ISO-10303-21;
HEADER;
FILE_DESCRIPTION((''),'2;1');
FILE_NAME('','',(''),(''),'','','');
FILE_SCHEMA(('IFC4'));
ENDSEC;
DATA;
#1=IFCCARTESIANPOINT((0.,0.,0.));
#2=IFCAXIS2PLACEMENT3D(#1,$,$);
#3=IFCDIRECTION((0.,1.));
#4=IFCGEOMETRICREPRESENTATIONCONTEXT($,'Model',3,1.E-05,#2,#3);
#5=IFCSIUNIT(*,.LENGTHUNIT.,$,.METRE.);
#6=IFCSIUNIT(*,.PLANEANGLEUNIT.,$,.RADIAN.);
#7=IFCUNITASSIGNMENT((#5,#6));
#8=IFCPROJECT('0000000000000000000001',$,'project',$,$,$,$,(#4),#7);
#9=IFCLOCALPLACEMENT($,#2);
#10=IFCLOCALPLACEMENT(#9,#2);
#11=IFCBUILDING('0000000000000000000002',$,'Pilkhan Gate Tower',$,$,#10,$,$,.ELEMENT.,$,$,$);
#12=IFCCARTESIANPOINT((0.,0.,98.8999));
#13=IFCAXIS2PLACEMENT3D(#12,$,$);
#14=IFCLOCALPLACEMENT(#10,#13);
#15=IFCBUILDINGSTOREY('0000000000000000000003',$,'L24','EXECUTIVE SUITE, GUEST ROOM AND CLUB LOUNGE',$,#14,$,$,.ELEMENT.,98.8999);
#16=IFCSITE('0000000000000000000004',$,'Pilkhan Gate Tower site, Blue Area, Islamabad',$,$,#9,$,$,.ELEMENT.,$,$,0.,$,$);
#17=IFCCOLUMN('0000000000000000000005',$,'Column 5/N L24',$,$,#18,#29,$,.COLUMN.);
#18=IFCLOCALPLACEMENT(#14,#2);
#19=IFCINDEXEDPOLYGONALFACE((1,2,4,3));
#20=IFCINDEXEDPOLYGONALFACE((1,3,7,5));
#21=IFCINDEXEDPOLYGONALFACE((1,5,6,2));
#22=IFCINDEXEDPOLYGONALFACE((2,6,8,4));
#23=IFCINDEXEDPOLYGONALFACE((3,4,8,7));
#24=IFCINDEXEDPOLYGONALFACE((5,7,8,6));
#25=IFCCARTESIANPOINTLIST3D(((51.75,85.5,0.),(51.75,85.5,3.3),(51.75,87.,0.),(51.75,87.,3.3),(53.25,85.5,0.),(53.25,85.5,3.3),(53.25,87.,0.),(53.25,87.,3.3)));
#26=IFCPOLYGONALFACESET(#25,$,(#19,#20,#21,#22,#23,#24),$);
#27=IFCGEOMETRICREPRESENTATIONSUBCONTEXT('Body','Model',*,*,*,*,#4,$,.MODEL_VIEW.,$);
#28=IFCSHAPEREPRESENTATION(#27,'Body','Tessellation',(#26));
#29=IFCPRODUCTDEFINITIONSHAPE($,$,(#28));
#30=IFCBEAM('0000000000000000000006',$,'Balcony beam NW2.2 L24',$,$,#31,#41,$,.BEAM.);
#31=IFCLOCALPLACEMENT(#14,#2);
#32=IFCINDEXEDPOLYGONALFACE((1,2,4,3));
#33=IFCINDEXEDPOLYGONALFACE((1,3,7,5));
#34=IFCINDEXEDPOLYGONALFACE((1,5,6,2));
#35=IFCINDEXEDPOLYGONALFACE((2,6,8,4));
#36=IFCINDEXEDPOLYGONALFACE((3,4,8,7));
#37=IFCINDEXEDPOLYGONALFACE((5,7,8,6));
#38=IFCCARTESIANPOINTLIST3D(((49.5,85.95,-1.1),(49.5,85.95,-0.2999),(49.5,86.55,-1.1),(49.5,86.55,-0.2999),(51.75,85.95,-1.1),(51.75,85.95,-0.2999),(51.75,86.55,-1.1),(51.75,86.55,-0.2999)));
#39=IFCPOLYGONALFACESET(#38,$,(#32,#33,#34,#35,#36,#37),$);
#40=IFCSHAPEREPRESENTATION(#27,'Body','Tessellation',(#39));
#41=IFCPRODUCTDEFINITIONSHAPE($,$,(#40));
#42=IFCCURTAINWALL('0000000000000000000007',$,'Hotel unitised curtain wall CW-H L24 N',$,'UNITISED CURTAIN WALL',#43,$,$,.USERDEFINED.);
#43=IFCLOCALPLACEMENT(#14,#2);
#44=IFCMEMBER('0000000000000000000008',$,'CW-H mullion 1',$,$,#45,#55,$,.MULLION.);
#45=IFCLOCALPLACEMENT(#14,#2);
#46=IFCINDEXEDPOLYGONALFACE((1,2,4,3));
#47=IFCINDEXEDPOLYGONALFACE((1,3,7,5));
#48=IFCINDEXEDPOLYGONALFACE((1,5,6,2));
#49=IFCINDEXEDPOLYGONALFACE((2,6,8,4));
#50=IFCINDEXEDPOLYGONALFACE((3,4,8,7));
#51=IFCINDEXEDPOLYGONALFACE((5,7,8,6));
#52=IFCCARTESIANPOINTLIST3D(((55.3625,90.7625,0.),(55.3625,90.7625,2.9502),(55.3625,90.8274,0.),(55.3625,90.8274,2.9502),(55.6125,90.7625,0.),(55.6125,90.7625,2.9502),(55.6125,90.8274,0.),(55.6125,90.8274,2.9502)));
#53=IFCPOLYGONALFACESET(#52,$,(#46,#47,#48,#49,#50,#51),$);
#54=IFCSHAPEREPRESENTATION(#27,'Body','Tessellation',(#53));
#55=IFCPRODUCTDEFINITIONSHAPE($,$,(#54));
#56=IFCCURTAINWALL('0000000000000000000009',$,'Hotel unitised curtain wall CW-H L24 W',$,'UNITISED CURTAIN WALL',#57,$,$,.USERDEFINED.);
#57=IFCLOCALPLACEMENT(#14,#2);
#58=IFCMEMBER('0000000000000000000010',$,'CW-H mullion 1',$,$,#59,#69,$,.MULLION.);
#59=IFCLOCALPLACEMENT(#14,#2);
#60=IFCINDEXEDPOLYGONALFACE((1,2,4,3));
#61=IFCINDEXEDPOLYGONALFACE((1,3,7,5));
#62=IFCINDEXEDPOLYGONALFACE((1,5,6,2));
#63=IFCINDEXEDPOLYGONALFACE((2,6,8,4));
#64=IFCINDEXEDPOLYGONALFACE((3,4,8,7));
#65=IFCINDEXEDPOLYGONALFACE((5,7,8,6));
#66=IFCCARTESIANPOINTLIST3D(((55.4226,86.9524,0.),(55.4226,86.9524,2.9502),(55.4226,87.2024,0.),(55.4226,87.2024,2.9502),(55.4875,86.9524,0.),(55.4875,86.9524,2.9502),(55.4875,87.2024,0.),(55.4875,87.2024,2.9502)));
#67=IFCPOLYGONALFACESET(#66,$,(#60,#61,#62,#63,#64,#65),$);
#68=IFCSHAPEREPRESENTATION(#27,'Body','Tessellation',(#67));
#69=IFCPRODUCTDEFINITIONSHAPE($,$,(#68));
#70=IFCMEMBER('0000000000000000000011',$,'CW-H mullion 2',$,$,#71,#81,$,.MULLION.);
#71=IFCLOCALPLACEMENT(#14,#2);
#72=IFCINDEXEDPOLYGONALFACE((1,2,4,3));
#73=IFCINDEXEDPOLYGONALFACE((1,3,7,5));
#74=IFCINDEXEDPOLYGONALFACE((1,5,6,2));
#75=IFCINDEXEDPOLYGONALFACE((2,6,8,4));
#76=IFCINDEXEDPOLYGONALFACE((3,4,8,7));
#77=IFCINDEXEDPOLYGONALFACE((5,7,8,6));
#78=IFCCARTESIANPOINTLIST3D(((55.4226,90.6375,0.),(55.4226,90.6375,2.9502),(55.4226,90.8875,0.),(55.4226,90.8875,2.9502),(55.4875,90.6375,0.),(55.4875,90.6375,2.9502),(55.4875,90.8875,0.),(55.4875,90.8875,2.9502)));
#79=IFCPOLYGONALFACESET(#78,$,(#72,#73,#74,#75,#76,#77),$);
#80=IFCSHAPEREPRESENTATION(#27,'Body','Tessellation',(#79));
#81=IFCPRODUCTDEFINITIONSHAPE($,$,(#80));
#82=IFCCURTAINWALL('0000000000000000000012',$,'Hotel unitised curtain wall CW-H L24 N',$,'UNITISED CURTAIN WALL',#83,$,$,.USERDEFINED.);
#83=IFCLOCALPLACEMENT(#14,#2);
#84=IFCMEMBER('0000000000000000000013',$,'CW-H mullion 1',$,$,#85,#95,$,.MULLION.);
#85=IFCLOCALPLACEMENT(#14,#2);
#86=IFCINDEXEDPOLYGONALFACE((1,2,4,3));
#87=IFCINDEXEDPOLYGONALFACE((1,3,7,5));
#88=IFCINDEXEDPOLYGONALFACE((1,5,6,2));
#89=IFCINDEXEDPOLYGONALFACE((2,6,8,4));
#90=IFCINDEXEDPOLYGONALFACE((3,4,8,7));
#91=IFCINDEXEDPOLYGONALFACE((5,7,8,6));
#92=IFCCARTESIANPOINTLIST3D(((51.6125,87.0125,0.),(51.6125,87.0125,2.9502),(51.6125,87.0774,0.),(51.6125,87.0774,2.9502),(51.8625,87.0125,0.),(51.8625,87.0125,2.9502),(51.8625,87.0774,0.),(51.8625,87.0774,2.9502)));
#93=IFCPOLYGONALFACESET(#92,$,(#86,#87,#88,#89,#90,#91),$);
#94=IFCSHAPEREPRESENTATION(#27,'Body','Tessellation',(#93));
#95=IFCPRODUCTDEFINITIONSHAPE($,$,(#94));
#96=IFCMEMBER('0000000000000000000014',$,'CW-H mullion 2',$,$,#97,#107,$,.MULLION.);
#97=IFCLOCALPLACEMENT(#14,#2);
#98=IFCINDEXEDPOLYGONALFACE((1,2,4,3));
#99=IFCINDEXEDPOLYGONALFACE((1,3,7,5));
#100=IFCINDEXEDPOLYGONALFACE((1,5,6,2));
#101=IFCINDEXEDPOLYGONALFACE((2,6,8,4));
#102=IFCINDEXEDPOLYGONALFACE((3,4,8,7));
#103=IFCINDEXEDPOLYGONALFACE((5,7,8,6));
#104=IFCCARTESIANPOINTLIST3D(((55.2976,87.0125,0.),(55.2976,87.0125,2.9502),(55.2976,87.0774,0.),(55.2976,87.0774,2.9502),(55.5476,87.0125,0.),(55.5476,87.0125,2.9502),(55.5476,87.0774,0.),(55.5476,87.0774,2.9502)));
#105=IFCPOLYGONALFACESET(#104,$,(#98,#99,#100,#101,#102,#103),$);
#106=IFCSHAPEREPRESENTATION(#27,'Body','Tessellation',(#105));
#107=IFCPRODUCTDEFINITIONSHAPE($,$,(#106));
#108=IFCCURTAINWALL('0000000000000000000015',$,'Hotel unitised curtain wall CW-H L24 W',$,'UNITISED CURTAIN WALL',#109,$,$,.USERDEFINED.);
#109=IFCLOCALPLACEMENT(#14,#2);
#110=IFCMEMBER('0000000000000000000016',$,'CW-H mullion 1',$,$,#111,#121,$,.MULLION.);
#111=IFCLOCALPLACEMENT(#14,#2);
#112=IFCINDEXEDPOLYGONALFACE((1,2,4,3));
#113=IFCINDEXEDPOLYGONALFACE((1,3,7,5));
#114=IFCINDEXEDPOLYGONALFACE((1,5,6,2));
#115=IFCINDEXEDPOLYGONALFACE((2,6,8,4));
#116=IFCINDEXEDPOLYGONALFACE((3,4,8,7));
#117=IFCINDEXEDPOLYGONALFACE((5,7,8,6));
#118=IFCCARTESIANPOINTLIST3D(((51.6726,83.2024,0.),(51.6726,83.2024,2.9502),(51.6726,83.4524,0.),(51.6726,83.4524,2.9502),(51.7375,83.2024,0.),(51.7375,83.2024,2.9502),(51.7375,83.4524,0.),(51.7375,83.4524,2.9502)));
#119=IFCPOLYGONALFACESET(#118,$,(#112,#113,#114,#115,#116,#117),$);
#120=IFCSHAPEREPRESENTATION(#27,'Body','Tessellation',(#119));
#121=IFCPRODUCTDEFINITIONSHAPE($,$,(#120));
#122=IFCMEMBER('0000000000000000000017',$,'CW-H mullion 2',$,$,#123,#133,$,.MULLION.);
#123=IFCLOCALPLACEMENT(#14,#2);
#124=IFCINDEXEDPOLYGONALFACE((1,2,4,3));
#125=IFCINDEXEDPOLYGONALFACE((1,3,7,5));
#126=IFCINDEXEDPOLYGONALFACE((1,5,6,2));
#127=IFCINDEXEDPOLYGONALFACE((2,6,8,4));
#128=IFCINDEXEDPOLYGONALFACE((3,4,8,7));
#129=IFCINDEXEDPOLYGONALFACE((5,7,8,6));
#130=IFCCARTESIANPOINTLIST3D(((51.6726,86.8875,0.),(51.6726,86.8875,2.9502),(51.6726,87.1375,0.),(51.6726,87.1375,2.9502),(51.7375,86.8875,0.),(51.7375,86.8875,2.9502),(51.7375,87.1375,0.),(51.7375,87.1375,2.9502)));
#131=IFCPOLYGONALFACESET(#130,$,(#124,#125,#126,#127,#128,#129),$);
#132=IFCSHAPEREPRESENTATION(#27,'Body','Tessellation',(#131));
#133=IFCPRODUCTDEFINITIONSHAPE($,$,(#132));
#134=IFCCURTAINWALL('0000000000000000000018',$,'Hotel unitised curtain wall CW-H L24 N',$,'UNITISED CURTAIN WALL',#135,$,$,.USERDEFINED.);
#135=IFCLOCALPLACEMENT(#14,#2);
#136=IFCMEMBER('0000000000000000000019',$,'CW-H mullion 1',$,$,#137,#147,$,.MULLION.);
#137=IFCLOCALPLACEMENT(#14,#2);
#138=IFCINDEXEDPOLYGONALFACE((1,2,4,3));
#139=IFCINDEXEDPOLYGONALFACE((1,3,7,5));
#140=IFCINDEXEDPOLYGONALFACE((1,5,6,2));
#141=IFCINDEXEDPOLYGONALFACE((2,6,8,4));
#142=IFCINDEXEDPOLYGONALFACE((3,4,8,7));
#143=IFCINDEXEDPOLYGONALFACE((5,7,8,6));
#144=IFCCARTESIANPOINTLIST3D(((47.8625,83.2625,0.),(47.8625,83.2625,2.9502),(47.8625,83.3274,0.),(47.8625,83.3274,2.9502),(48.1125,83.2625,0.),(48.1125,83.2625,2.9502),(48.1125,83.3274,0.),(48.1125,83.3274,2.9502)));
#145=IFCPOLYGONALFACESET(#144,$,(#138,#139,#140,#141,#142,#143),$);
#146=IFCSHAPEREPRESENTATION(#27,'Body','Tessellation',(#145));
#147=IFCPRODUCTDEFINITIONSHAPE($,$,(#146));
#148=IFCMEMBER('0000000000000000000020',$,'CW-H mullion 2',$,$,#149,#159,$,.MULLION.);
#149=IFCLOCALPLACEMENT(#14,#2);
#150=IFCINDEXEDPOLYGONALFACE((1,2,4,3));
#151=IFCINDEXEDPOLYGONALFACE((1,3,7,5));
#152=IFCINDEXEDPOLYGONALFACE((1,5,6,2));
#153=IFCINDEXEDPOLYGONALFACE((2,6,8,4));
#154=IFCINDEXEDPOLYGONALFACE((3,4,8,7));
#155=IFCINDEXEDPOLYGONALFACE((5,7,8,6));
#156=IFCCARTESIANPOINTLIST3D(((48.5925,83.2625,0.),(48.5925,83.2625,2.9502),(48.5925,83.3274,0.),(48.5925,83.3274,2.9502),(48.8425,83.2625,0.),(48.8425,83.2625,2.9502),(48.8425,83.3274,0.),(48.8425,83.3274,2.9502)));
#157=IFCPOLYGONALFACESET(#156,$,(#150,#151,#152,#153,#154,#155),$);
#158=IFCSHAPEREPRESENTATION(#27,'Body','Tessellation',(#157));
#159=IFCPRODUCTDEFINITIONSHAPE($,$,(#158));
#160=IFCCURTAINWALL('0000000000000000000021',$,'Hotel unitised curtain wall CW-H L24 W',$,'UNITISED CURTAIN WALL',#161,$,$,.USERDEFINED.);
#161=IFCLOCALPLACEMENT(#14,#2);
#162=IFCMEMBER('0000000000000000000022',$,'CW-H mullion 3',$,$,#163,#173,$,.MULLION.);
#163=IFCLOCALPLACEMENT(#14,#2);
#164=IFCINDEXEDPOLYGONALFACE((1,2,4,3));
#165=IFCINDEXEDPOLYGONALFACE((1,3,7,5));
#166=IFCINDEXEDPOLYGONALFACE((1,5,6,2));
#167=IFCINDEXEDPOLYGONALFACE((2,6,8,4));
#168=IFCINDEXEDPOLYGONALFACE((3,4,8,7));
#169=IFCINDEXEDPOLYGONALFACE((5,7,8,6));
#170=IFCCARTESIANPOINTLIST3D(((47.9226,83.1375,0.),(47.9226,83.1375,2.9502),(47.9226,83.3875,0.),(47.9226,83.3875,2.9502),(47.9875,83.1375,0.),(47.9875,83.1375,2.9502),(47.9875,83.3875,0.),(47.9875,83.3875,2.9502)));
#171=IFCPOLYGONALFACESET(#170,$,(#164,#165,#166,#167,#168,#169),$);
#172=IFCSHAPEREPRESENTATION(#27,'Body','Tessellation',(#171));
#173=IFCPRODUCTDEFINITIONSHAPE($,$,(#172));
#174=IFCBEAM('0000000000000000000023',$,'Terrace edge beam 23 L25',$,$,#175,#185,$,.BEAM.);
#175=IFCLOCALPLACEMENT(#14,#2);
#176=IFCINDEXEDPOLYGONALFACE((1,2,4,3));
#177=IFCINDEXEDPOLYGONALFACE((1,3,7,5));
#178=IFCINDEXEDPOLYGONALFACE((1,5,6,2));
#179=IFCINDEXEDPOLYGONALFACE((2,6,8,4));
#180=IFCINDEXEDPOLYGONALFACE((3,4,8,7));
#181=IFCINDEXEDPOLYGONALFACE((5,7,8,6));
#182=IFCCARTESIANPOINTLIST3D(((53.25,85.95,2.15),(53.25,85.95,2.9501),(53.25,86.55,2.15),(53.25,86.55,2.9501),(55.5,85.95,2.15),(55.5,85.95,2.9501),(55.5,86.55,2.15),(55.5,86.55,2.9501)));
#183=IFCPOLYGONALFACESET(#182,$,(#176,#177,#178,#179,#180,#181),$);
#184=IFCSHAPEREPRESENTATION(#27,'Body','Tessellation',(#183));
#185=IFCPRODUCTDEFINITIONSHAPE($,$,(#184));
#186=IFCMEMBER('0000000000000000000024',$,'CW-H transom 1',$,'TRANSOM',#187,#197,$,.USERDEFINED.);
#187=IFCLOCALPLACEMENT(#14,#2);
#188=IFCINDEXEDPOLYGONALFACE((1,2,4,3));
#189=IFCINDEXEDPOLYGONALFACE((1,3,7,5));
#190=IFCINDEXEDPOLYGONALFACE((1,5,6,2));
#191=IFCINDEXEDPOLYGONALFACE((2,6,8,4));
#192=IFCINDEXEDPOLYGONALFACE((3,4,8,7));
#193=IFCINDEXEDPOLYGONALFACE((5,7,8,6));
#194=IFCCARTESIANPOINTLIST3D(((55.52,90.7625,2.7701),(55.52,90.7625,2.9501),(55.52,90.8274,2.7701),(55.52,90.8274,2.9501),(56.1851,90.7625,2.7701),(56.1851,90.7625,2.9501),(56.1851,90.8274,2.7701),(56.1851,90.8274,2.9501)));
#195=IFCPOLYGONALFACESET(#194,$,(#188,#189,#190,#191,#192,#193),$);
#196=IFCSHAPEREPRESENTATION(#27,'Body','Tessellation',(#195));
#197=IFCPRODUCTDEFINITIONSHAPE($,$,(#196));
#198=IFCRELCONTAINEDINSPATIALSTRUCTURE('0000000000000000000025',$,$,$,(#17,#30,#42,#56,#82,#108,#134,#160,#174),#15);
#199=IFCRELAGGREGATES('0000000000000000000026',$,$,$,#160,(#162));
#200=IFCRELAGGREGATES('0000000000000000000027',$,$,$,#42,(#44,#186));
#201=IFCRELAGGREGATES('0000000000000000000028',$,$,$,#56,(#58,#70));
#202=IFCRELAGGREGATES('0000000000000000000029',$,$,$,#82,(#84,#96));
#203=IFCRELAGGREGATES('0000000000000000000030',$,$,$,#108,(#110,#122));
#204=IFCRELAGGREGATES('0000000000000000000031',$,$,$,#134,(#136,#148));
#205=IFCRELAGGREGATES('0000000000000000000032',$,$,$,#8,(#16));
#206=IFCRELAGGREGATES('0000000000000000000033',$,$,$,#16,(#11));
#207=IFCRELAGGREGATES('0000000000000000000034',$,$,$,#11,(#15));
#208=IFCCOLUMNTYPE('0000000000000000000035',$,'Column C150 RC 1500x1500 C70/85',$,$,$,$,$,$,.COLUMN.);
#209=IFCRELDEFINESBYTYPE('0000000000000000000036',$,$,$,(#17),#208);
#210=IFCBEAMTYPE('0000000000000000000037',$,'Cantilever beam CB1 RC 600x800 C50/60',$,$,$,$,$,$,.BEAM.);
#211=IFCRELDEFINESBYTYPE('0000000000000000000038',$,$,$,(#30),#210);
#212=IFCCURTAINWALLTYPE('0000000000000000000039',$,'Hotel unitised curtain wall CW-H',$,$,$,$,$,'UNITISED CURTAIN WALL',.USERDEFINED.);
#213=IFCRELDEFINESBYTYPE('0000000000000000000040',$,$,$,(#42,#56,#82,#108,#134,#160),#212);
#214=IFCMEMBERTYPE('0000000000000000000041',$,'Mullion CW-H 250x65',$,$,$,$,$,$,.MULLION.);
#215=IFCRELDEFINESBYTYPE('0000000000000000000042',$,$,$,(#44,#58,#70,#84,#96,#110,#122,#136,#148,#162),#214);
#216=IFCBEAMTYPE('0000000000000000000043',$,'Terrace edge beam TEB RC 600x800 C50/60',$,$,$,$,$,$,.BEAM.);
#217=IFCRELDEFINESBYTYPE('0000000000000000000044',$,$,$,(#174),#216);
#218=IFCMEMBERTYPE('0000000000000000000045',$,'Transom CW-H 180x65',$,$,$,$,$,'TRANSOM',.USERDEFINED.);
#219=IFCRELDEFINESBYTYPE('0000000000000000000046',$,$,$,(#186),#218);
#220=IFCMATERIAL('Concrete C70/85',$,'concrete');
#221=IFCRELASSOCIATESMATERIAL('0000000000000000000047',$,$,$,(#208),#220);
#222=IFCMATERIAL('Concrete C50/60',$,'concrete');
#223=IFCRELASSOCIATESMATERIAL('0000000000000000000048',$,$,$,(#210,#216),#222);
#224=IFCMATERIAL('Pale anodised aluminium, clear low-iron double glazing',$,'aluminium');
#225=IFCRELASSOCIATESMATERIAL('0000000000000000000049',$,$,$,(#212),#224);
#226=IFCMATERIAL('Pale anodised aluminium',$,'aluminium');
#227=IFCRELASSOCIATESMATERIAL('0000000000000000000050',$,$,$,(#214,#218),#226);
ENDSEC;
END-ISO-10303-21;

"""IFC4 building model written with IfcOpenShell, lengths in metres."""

from ifc_helpers import new_model, si_unit, direction, frame, origin, origin_2d, place, context, subcontext, project, spatial, rectangle, extrude, material, material_profile, profile_set, type_object, element, aggregate, save


model = new_model("IFC4")

# Units and contexts
model_context = context("Model", 3, precision=1e-05, world=origin(), true_north=direction((0.0, 1.0)))
body_context = subcontext(model_context, "Body", "Model", "MODEL_VIEW")
ifc_project = project(units=[si_unit("LENGTHUNIT", "METRE"), si_unit("PLANEANGLEUNIT", "RADIAN")], contexts=[model_context])

# Site, building, storey
site_placement = place(None, origin())
site = spatial("IfcSite", under=ifc_project, at=site_placement, Name="Pilkhan Gate Tower site, Blue Area, Islamabad", CompositionType="ELEMENT", RefElevation=0.0)
building_placement = place(site_placement, origin())
building = spatial("IfcBuilding", under=site, at=building_placement, Name="Pilkhan Gate Tower", CompositionType="ELEMENT")
storey_placement = place(building_placement, frame((0.0, 0.0, 98.8999)))
storey = spatial("IfcBuildingStorey", under=building, at=storey_placement, Name="L24", Description="EXECUTIVE SUITE, GUEST ROOM AND CLUB LOUNGE", CompositionType="ELEMENT", Elevation=98.8999)

# Column
ifc_material_1 = material(Name="Concrete C70/85", Category="concrete")
ifc_material_profile_1 = material_profile(ifc_material_1, rectangle(XDim=1.5, YDim=1.5, at=origin_2d()), Name="RC 1500x1500")
ifc_profile_set_1 = profile_set([ifc_material_profile_1], Name="Concrete C70/85")
column_type = type_object("IfcColumnType", Name="Column C150 RC 1500x1500 C70/85", PredefinedType="COLUMN", material=ifc_profile_set_1)
column_placement = place(storey_placement, frame((52.5, 86.25, 0.0), z_axis=(0.0, 0.0, 1.0), x_axis=(1.0, 0.0, 0.0)))
element("IfcColumn", 1, at=column_placement, inside=storey, type_object=column_type, Name="Column 5/N L24", PredefinedType="COLUMN", context=body_context, shape_type="SweptSolid", body=[
    extrude(rectangle(XDim=1.5, YDim=1.5, at=origin_2d()), origin(), (0.0, 0.0, 1.0), 3.3),
])

# Beam
ifc_material_2 = material(Name="Concrete C50/60", Category="concrete")
ifc_material_profile_2 = material_profile(ifc_material_2, rectangle(XDim=0.6001, YDim=0.8, at=origin_2d()), Name="RC 600x800")
ifc_profile_set_2 = profile_set([ifc_material_profile_2], Name="Concrete C50/60")
beam_type_1 = type_object("IfcBeamType", Name="Cantilever beam CB1 RC 600x800 C50/60", PredefinedType="BEAM", material=ifc_profile_set_2)
beam_1_placement = place(storey_placement, frame((51.75, 86.25, -0.7), z_axis=(-1.0, 0.0, 0.0), x_axis=(0.0, -1.0, 0.0)))
element("IfcBeam", 2, at=beam_1_placement, inside=storey, type_object=beam_type_1, Name="Balcony beam NW2.2 L24", PredefinedType="BEAM", context=body_context, shape_type="SweptSolid", body=[
    extrude(rectangle(XDim=0.6001, YDim=0.8, at=origin_2d()), origin(), (0.0, 0.0, 1.0), 2.25),
])

# Curtain wall, member
ifc_material_3 = material(Name="Pale anodised aluminium, clear low-iron double glazing", Category="aluminium")
curtain_wall_type = type_object("IfcCurtainWallType", Name="Hotel unitised curtain wall CW-H", ElementType="UNITISED CURTAIN WALL", PredefinedType="USERDEFINED", material=ifc_material_3)
curtain_wall_1_placement = place(storey_placement, origin())
curtain_wall_1 = element("IfcCurtainWall", 3, at=curtain_wall_1_placement, inside=storey, type_object=curtain_wall_type, Name="Hotel unitised curtain wall CW-H L24 N", ObjectType="UNITISED CURTAIN WALL", PredefinedType="USERDEFINED")
ifc_material_4 = material(Name="Pale anodised aluminium", Category="aluminium")
ifc_material_profile_3 = material_profile(ifc_material_4, rectangle(XDim=0.0649, YDim=0.25, at=origin_2d()), Name="Mullion 250x65")
ifc_profile_set_3 = profile_set([ifc_material_profile_3], Name="Pale anodised aluminium")
member_type_1 = type_object("IfcMemberType", Name="Mullion CW-H 250x65", PredefinedType="MULLION", material=ifc_profile_set_3)
member_1_placement = place(storey_placement, frame((55.4875, 90.7949, 0.0), z_axis=(0.0, 0.0, 1.0), x_axis=(0.0, 1.0, 0.0)))
member_1 = element("IfcMember", 4, at=member_1_placement, type_object=member_type_1, Name="CW-H mullion 1", PredefinedType="MULLION", context=body_context, shape_type="SweptSolid", body=[
    extrude(rectangle(XDim=0.0649, YDim=0.25, at=origin_2d()), origin(), (0.0, 0.0, 1.0), 2.9502),
])

# Curtain walls, members
curtain_wall_2_placement = place(storey_placement, origin())
curtain_wall_2 = element("IfcCurtainWall", 5, at=curtain_wall_2_placement, inside=storey, type_object=curtain_wall_type, Name="Hotel unitised curtain wall CW-H L24 W", ObjectType="UNITISED CURTAIN WALL", PredefinedType="USERDEFINED")
member_2_placement = place(storey_placement, frame((55.4551, 87.0774, 0.0), z_axis=(0.0, 0.0, 1.0), x_axis=(-1.0, 0.0, 0.0)))
member_2 = element("IfcMember", 6, at=member_2_placement, type_object=member_type_1, Name="CW-H mullion 1", PredefinedType="MULLION", context=body_context, shape_type="SweptSolid", body=[
    extrude(rectangle(XDim=0.0649, YDim=0.25, at=origin_2d()), origin(), (0.0, 0.0, 1.0), 2.9502),
])
member_3_placement = place(storey_placement, frame((55.4551, 90.7625, 0.0), z_axis=(0.0, 0.0, 1.0), x_axis=(-1.0, 0.0, 0.0)))
member_3 = element("IfcMember", 7, at=member_3_placement, type_object=member_type_1, Name="CW-H mullion 2", PredefinedType="MULLION", context=body_context, shape_type="SweptSolid", body=[
    extrude(rectangle(XDim=0.0649, YDim=0.25, at=origin_2d()), origin(), (0.0, 0.0, 1.0), 2.9502),
])
curtain_wall_3_placement = place(storey_placement, origin())
curtain_wall_3 = element("IfcCurtainWall", 8, at=curtain_wall_3_placement, inside=storey, type_object=curtain_wall_type, Name="Hotel unitised curtain wall CW-H L24 N", ObjectType="UNITISED CURTAIN WALL", PredefinedType="USERDEFINED")
member_4_placement = place(storey_placement, frame((51.7375, 87.0449, 0.0), z_axis=(0.0, 0.0, 1.0), x_axis=(0.0, 1.0, 0.0)))
member_4 = element("IfcMember", 9, at=member_4_placement, type_object=member_type_1, Name="CW-H mullion 1", PredefinedType="MULLION", context=body_context, shape_type="SweptSolid", body=[
    extrude(rectangle(XDim=0.0649, YDim=0.25, at=origin_2d()), origin(), (0.0, 0.0, 1.0), 2.9502),
])
member_5_placement = place(storey_placement, frame((55.4226, 87.0449, 0.0), z_axis=(0.0, 0.0, 1.0), x_axis=(0.0, 1.0, 0.0)))
member_5 = element("IfcMember", 10, at=member_5_placement, type_object=member_type_1, Name="CW-H mullion 2", PredefinedType="MULLION", context=body_context, shape_type="SweptSolid", body=[
    extrude(rectangle(XDim=0.0649, YDim=0.25, at=origin_2d()), origin(), (0.0, 0.0, 1.0), 2.9502),
])
curtain_wall_4_placement = place(storey_placement, origin())
curtain_wall_4 = element("IfcCurtainWall", 11, at=curtain_wall_4_placement, inside=storey, type_object=curtain_wall_type, Name="Hotel unitised curtain wall CW-H L24 W", ObjectType="UNITISED CURTAIN WALL", PredefinedType="USERDEFINED")
member_6_placement = place(storey_placement, frame((51.7051, 83.3274, 0.0), z_axis=(0.0, 0.0, 1.0), x_axis=(-1.0, 0.0, 0.0)))
member_6 = element("IfcMember", 12, at=member_6_placement, type_object=member_type_1, Name="CW-H mullion 1", PredefinedType="MULLION", context=body_context, shape_type="SweptSolid", body=[
    extrude(rectangle(XDim=0.0649, YDim=0.25, at=origin_2d()), origin(), (0.0, 0.0, 1.0), 2.9502),
])
member_7_placement = place(storey_placement, frame((51.7051, 87.0125, 0.0), z_axis=(0.0, 0.0, 1.0), x_axis=(-1.0, 0.0, 0.0)))
member_7 = element("IfcMember", 13, at=member_7_placement, type_object=member_type_1, Name="CW-H mullion 2", PredefinedType="MULLION", context=body_context, shape_type="SweptSolid", body=[
    extrude(rectangle(XDim=0.0649, YDim=0.25, at=origin_2d()), origin(), (0.0, 0.0, 1.0), 2.9502),
])
curtain_wall_5_placement = place(storey_placement, origin())
curtain_wall_5 = element("IfcCurtainWall", 14, at=curtain_wall_5_placement, inside=storey, type_object=curtain_wall_type, Name="Hotel unitised curtain wall CW-H L24 N", ObjectType="UNITISED CURTAIN WALL", PredefinedType="USERDEFINED")
member_8_placement = place(storey_placement, frame((47.9875, 83.2949, 0.0), z_axis=(0.0, 0.0, 1.0), x_axis=(0.0, 1.0, 0.0)))
member_8 = element("IfcMember", 15, at=member_8_placement, type_object=member_type_1, Name="CW-H mullion 1", PredefinedType="MULLION", context=body_context, shape_type="SweptSolid", body=[
    extrude(rectangle(XDim=0.0649, YDim=0.25, at=origin_2d()), origin(), (0.0, 0.0, 1.0), 2.9502),
])
member_9_placement = place(storey_placement, frame((48.7175, 83.2949, 0.0), z_axis=(0.0, 0.0, 1.0), x_axis=(0.0, 1.0, 0.0)))
member_9 = element("IfcMember", 16, at=member_9_placement, type_object=member_type_1, Name="CW-H mullion 2", PredefinedType="MULLION", context=body_context, shape_type="SweptSolid", body=[
    extrude(rectangle(XDim=0.0649, YDim=0.25, at=origin_2d()), origin(), (0.0, 0.0, 1.0), 2.9502),
])

# Curtain wall, member
curtain_wall_6_placement = place(storey_placement, origin())
curtain_wall_6 = element("IfcCurtainWall", 17, at=curtain_wall_6_placement, inside=storey, type_object=curtain_wall_type, Name="Hotel unitised curtain wall CW-H L24 W", ObjectType="UNITISED CURTAIN WALL", PredefinedType="USERDEFINED")
member_10_placement = place(storey_placement, frame((47.9551, 83.2625, 0.0), z_axis=(0.0, 0.0, 1.0), x_axis=(-1.0, 0.0, 0.0)))
member_10 = element("IfcMember", 18, at=member_10_placement, type_object=member_type_1, Name="CW-H mullion 3", PredefinedType="MULLION", context=body_context, shape_type="SweptSolid", body=[
    extrude(rectangle(XDim=0.0649, YDim=0.25, at=origin_2d()), origin(), (0.0, 0.0, 1.0), 2.9502),
])
aggregate(curtain_wall_6, [member_10])

# Beam
ifc_material_profile_4 = material_profile(ifc_material_2, rectangle(XDim=0.6001, YDim=0.8, at=origin_2d()), Name="RC 600x800")
ifc_profile_set_4 = profile_set([ifc_material_profile_4], Name="Concrete C50/60")
beam_type_2 = type_object("IfcBeamType", Name="Terrace edge beam TEB RC 600x800 C50/60", PredefinedType="BEAM", material=ifc_profile_set_4)
beam_2_placement = place(storey_placement, frame((53.25, 86.25, 2.55), z_axis=(1.0, 0.0, 0.0), x_axis=(0.0, 1.0, 0.0)))
element("IfcBeam", 19, at=beam_2_placement, inside=storey, type_object=beam_type_2, Name="Terrace edge beam 23 L25", PredefinedType="BEAM", context=body_context, shape_type="SweptSolid", body=[
    extrude(rectangle(XDim=0.6001, YDim=0.8, at=origin_2d()), origin(), (0.0, 0.0, 1.0), 2.25),
])

# Member
ifc_material_profile_5 = material_profile(ifc_material_4, rectangle(XDim=0.0649, YDim=0.1799, at=origin_2d()), Name="Transom 180x65")
ifc_profile_set_5 = profile_set([ifc_material_profile_5], Name="Pale anodised aluminium")
member_type_2 = type_object("IfcMemberType", Name="Transom CW-H 180x65", ElementType="TRANSOM", PredefinedType="USERDEFINED", material=ifc_profile_set_5)
member_11_placement = place(storey_placement, frame((55.52, 90.7949, 2.8601), z_axis=(1.0, 0.0, 0.0), x_axis=(0.0, 1.0, 0.0)))
member_11 = element("IfcMember", 20, at=member_11_placement, type_object=member_type_2, Name="CW-H transom 1", ObjectType="TRANSOM", PredefinedType="USERDEFINED", context=body_context, shape_type="SweptSolid", body=[
    extrude(rectangle(XDim=0.0649, YDim=0.1799, at=origin_2d()), origin(), (0.0, 0.0, 1.0), 0.665),
])

aggregate(curtain_wall_1, [member_1, member_11])
aggregate(curtain_wall_2, [member_2, member_3])
aggregate(curtain_wall_3, [member_4, member_5])
aggregate(curtain_wall_4, [member_6, member_7])
aggregate(curtain_wall_5, [member_8, member_9])

save(model, "model.ifc")
